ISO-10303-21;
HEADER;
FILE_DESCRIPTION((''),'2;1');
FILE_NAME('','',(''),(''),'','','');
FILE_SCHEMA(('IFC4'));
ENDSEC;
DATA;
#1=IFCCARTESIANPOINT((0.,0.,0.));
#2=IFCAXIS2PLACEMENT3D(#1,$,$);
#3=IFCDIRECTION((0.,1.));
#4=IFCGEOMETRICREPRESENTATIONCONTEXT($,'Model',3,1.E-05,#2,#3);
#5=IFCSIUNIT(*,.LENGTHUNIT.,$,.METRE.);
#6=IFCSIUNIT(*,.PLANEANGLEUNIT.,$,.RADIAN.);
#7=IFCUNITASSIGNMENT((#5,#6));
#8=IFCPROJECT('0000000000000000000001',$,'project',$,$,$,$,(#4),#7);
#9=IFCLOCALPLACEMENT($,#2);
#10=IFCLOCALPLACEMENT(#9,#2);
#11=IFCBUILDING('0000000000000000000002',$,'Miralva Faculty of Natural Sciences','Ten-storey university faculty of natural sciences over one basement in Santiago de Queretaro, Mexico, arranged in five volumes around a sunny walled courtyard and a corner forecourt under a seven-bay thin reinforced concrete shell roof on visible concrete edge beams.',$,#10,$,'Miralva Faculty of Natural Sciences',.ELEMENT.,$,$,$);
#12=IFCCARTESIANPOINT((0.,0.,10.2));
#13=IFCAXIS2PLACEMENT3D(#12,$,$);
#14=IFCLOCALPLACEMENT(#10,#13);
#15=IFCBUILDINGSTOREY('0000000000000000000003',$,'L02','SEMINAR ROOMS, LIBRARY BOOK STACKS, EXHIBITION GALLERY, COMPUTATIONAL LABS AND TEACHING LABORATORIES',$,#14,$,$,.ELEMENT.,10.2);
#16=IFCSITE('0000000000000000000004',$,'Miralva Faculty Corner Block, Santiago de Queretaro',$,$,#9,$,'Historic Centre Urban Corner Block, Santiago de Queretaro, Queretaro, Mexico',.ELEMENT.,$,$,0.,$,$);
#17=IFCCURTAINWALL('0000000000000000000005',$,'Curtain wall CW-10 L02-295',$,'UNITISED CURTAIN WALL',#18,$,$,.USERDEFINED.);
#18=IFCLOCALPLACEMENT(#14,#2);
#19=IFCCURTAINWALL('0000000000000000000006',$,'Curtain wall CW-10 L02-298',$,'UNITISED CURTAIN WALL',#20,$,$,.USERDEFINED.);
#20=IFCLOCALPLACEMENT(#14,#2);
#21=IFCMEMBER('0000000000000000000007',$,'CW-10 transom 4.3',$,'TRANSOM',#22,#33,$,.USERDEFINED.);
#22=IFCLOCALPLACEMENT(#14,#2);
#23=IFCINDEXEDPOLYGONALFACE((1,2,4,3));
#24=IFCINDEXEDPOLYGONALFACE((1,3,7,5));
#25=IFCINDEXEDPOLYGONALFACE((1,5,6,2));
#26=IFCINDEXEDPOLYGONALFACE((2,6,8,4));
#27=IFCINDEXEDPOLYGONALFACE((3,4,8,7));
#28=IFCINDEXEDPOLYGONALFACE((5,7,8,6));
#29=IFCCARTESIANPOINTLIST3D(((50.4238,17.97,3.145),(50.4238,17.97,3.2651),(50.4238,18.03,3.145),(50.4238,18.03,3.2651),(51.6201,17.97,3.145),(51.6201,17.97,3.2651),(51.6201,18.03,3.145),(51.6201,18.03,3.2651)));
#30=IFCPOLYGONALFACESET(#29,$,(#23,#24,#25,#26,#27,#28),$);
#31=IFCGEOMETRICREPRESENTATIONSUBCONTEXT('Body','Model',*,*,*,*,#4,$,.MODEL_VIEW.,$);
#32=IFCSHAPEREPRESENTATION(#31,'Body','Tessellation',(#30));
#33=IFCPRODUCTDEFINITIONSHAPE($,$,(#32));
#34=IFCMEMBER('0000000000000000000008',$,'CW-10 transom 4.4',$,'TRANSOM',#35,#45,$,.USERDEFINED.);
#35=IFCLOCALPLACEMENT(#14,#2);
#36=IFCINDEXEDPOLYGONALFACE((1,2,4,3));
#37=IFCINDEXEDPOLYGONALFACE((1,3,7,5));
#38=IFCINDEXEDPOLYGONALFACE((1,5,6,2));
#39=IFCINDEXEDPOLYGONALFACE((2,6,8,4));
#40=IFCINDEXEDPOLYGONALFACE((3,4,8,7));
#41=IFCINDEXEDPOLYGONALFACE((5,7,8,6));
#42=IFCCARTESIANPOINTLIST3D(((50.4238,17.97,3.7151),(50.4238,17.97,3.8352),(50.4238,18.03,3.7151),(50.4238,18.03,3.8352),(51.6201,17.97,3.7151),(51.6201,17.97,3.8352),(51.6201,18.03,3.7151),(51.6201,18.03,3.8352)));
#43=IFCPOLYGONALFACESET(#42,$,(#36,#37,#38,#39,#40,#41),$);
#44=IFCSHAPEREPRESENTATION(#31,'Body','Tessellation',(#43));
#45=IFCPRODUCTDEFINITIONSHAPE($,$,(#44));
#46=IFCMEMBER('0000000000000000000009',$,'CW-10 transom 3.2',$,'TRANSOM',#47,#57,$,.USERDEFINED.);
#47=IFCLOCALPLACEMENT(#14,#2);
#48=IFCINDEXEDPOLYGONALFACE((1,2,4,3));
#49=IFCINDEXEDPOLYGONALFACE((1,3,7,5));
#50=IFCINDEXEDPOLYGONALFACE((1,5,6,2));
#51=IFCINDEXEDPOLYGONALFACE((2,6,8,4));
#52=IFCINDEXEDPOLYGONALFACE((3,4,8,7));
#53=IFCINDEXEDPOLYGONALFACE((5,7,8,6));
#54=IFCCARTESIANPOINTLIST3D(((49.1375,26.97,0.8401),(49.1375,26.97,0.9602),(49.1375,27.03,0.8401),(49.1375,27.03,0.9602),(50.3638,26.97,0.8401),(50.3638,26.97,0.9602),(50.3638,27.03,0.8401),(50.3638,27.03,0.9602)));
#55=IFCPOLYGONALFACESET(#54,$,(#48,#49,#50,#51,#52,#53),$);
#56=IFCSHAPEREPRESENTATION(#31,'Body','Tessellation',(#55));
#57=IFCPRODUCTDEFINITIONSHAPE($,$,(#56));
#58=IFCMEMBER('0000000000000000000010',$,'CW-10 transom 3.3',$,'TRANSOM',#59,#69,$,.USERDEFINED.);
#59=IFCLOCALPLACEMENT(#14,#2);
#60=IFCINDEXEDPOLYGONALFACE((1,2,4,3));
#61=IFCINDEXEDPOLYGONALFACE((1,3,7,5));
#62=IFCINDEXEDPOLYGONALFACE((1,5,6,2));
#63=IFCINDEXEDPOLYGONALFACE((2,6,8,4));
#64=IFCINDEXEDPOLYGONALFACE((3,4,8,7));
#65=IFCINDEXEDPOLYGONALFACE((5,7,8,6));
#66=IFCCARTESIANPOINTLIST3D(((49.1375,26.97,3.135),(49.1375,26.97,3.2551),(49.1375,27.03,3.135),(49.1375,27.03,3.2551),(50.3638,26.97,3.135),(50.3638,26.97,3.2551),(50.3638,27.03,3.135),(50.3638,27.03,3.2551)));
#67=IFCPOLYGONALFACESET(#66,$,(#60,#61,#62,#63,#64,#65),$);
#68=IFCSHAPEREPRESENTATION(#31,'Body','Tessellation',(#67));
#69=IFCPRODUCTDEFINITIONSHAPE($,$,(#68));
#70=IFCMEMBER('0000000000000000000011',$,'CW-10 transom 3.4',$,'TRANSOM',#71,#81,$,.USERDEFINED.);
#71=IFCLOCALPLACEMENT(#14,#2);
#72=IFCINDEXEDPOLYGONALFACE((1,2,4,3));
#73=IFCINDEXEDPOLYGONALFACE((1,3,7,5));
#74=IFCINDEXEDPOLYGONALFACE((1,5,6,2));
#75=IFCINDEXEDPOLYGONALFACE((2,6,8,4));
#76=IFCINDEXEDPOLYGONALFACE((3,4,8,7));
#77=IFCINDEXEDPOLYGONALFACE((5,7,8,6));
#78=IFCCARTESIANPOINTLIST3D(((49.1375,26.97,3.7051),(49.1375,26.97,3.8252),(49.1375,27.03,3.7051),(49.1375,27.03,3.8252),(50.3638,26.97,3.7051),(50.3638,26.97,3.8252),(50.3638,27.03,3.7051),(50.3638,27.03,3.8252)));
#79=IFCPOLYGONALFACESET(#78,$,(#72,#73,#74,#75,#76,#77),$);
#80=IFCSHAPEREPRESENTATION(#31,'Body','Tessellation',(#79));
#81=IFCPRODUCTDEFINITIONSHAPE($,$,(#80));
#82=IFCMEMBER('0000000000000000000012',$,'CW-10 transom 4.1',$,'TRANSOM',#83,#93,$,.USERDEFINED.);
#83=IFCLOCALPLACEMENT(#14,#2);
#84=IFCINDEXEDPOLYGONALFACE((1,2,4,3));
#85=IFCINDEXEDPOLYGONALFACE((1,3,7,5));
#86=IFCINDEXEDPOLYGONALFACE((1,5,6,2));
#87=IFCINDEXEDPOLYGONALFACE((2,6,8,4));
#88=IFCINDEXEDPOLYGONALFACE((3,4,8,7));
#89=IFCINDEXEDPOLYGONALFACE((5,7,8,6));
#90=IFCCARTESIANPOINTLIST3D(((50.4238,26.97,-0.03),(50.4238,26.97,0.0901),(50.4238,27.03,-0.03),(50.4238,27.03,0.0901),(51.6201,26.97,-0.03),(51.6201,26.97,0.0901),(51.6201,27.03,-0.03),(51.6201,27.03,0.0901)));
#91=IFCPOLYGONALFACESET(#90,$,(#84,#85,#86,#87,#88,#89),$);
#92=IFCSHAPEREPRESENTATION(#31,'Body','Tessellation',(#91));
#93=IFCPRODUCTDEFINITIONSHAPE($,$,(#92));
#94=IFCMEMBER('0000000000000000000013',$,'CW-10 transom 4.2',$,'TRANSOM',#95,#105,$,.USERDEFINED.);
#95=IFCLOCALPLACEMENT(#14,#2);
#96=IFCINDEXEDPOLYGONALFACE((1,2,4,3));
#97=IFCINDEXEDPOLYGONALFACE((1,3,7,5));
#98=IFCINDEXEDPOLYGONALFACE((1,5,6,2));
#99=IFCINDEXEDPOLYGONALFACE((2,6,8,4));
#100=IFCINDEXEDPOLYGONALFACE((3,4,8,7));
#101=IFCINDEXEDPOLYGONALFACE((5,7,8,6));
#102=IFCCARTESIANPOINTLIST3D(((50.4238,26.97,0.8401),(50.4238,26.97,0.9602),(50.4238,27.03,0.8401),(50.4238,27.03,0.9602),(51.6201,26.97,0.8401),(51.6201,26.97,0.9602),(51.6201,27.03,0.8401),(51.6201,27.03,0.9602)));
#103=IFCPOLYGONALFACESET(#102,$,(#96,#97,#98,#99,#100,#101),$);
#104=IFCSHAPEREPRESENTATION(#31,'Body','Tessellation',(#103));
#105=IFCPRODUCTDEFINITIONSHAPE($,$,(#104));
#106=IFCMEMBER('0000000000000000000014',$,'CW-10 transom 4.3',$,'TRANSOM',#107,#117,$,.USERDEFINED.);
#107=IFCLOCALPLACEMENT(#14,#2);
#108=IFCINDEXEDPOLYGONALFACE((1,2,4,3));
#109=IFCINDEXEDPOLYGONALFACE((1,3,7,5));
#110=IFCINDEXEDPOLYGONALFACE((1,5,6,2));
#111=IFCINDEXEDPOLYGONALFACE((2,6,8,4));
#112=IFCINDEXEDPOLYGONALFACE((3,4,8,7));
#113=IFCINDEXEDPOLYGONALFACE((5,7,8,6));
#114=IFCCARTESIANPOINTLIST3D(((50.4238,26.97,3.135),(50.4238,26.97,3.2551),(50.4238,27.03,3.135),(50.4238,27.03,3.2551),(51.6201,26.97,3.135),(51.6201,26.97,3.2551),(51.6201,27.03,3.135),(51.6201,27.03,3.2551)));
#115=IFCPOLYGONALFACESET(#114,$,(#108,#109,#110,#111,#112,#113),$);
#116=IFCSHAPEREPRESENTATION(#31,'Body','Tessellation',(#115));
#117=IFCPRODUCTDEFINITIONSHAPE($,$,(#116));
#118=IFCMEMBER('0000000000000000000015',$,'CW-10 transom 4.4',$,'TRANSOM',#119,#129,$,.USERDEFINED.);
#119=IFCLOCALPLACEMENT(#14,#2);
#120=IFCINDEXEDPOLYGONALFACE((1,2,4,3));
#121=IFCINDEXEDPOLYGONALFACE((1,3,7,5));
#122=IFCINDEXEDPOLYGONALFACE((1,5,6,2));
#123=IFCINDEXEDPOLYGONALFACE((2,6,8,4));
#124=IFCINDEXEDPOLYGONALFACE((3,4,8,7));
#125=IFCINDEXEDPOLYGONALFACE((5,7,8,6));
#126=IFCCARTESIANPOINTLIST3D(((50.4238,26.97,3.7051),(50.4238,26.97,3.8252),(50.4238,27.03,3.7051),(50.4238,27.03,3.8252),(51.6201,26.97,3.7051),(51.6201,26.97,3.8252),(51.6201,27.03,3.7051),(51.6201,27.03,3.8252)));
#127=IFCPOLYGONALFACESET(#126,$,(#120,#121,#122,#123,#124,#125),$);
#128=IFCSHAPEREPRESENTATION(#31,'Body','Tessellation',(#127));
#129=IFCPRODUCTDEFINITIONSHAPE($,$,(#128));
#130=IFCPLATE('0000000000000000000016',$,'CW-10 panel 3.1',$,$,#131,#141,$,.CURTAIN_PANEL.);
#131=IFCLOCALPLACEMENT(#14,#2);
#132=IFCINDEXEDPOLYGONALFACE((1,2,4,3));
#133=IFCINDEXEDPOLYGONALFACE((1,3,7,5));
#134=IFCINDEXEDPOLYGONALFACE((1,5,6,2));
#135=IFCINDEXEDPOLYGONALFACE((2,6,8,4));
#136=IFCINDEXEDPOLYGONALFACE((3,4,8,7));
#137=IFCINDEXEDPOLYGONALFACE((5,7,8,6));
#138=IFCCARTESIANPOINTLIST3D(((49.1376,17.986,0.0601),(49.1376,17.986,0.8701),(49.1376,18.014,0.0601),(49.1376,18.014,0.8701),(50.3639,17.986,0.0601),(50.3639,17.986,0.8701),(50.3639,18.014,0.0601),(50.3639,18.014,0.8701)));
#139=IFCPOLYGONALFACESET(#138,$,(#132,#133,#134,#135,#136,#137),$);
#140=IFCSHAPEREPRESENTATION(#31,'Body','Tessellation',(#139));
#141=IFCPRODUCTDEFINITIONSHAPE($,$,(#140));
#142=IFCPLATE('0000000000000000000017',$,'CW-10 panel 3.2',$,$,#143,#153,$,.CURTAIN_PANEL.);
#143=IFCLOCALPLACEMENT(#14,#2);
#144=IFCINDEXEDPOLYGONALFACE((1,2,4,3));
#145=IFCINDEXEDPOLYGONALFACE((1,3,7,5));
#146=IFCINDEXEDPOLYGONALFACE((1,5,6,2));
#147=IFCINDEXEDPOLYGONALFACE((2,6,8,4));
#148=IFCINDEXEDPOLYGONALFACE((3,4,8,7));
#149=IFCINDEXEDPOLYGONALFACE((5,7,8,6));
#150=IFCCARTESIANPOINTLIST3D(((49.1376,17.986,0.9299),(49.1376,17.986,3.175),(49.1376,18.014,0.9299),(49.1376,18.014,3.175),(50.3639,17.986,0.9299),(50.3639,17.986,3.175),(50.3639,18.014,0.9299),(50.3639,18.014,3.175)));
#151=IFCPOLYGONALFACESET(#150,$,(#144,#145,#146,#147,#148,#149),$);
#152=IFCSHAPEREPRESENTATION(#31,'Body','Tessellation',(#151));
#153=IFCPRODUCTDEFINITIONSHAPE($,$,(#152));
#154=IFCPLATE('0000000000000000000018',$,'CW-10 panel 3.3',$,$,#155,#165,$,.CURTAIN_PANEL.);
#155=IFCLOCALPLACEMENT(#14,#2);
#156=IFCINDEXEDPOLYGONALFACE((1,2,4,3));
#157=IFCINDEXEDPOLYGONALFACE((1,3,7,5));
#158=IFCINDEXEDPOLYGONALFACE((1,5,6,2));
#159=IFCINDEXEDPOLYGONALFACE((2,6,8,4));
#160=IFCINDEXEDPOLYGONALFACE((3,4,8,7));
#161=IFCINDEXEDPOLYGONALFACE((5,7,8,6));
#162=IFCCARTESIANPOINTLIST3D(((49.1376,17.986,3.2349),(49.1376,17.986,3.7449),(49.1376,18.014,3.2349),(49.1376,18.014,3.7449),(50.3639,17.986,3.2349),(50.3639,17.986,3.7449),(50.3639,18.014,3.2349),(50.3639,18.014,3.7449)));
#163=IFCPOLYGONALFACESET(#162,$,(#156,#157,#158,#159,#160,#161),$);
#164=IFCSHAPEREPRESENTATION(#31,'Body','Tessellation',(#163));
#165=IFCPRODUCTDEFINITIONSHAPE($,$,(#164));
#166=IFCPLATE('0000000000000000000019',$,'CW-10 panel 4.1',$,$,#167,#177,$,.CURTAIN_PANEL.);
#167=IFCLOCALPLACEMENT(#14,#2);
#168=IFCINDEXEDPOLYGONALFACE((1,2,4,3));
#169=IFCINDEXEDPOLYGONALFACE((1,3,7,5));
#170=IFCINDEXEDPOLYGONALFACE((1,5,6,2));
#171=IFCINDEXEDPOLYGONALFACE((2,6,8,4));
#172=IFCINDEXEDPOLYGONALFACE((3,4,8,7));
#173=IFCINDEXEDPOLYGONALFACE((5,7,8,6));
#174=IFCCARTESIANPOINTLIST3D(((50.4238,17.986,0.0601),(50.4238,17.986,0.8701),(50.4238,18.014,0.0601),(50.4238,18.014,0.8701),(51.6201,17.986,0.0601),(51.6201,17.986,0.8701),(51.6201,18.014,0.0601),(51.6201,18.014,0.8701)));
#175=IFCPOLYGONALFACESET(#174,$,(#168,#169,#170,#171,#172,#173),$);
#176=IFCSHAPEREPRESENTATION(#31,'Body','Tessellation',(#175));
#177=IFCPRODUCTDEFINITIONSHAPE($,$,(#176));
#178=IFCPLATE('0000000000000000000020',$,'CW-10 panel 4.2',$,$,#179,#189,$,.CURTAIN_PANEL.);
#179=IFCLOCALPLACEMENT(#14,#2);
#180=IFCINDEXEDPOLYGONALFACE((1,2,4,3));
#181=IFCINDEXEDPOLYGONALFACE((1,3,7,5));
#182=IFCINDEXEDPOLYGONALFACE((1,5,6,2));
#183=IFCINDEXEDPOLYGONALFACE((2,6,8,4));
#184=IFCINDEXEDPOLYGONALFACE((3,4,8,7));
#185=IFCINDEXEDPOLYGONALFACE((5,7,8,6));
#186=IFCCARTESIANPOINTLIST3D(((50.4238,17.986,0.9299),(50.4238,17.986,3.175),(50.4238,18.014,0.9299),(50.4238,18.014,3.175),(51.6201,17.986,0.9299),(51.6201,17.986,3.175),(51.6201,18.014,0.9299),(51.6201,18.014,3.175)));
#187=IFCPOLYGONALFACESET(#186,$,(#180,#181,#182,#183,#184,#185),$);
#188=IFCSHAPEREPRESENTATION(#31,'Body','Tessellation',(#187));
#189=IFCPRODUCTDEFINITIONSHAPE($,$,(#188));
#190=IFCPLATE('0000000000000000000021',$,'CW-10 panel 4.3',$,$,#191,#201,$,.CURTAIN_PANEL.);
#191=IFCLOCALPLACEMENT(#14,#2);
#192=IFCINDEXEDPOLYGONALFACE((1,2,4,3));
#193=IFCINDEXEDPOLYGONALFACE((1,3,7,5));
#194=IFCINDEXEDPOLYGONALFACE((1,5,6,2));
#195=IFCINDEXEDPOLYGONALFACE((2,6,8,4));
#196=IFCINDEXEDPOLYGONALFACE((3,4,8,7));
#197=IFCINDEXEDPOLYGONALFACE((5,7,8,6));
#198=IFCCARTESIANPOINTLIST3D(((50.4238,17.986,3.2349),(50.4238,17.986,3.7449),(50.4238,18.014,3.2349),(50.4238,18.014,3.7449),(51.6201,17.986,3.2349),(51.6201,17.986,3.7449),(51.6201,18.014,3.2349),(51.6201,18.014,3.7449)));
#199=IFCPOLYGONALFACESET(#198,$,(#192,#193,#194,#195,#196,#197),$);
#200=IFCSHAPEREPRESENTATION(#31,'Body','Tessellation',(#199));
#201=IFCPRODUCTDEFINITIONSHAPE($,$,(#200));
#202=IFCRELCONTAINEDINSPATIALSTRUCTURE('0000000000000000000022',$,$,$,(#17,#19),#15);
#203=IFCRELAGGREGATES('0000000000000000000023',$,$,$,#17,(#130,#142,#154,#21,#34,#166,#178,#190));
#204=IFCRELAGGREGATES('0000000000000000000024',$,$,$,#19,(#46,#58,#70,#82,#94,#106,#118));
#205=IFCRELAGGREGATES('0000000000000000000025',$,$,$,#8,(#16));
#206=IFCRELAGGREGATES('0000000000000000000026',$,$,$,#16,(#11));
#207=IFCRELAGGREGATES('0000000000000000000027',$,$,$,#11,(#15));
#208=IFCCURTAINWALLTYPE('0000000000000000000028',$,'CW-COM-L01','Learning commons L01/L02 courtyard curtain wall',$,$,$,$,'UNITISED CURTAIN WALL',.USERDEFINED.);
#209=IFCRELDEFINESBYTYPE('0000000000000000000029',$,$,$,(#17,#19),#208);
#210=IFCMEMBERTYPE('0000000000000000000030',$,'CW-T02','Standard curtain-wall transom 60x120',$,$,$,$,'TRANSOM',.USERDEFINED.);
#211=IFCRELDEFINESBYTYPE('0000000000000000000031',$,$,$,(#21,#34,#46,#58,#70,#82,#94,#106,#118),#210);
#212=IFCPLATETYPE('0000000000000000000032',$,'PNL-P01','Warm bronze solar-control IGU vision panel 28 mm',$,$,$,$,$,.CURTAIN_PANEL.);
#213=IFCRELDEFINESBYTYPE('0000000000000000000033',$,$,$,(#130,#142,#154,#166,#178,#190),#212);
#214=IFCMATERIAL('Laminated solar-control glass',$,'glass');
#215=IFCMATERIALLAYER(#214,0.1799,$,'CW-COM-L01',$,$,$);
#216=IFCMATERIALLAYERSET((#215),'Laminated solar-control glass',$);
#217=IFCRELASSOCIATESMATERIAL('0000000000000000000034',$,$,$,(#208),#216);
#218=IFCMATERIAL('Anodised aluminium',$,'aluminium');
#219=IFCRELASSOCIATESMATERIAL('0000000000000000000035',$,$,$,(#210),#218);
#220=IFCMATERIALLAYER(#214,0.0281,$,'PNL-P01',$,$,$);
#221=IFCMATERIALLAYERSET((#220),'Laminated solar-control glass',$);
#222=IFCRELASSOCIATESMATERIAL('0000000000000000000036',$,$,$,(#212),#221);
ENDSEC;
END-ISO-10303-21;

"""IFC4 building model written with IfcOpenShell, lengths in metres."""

from ifc_helpers import new_model, si_unit, direction, frame, origin, origin_2d, place, context, subcontext, project, spatial, rectangle, extrude, material, layer, layer_set, material_profile, profile_set, type_object, element, aggregate, save


model = new_model("IFC4")

# Units and contexts
model_context = context("Model", 3, precision=1e-05, world=origin(), true_north=direction((0.0, 1.0)))
body_context = subcontext(model_context, "Body", "Model", "MODEL_VIEW")
ifc_project = project(units=[si_unit("LENGTHUNIT", "METRE"), si_unit("PLANEANGLEUNIT", "RADIAN")], contexts=[model_context])

# Site, building, storey
site_placement = place(None, origin())
site = spatial("IfcSite", under=ifc_project, at=site_placement, Name="Miralva Faculty Corner Block, Santiago de Queretaro", LongName="Historic Centre Urban Corner Block, Santiago de Queretaro, Queretaro, Mexico", CompositionType="ELEMENT", RefElevation=0.0)
building_placement = place(site_placement, origin())
building = spatial("IfcBuilding", under=site, at=building_placement, Name="Miralva Faculty of Natural Sciences", Description="Ten-storey university faculty of natural sciences over one basement in Santiago de Queretaro, Mexico, arranged in five volumes around a sunny walled courtyard and a corner forecourt under a seven-bay thin reinforced concrete shell roof on visible concrete edge beams.", LongName="Miralva Faculty of Natural Sciences", CompositionType="ELEMENT")
storey_placement = place(building_placement, frame((0.0, 0.0, 10.2)))
storey = spatial("IfcBuildingStorey", under=building, at=storey_placement, Name="L02", Description="SEMINAR ROOMS, LIBRARY BOOK STACKS, EXHIBITION GALLERY, COMPUTATIONAL LABS AND TEACHING LABORATORIES", CompositionType="ELEMENT", Elevation=10.2)

# Shared definitions
ifc_material_1 = material(Name="Laminated solar-control glass", Category="glass")
ifc_material_2 = material(Name="Anodised aluminium", Category="aluminium")

# Curtain walls
ifc_layer_1 = layer(ifc_material_1, 0.1799, Name="CW-COM-L01")
ifc_layer_set_1 = layer_set([ifc_layer_1], Name="Laminated solar-control glass")
curtain_wall_type_1 = type_object("IfcCurtainWallType", Name="CW-COM-L01", Description="Learning commons L01/L02 courtyard curtain wall", ElementType="UNITISED CURTAIN WALL", PredefinedType="USERDEFINED", material=ifc_layer_set_1)
curtain_wall_1_placement = place(storey_placement, origin())
curtain_wall_1 = element("IfcCurtainWall", 1, at=curtain_wall_1_placement, inside=storey, type_object=curtain_wall_type_1, Name="Curtain wall CW-10 L02-295", ObjectType="UNITISED CURTAIN WALL", PredefinedType="USERDEFINED")
curtain_wall_2_placement = place(storey_placement, origin())
curtain_wall_2 = element("IfcCurtainWall", 2, at=curtain_wall_2_placement, inside=storey, type_object=curtain_wall_type_1, Name="Curtain wall CW-10 L02-298", ObjectType="UNITISED CURTAIN WALL", PredefinedType="USERDEFINED")

# Members
ifc_material_profile_1 = material_profile(ifc_material_2, rectangle(XDim=0.0601, YDim=0.1201, at=origin_2d()), Name="TRANSOM 60x120")
ifc_profile_set_1 = profile_set([ifc_material_profile_1], Name="Anodised aluminium")
member_type_1 = type_object("IfcMemberType", Name="CW-T02", Description="Standard curtain-wall transom 60x120", ElementType="TRANSOM", PredefinedType="USERDEFINED", material=ifc_profile_set_1)
member_1_placement = place(storey_placement, frame((50.4238, 18.0, 3.2051), z_axis=(1.0, 0.0, 0.0), x_axis=(0.0, 1.0, 0.0)))
member_1 = element("IfcMember", 3, at=member_1_placement, type_object=member_type_1, Name="CW-10 transom 4.3", ObjectType="TRANSOM", PredefinedType="USERDEFINED", context=body_context, shape_type="SweptSolid", body=[
    extrude(rectangle(XDim=0.0601, YDim=0.1201, at=origin_2d()), origin(), (0.0, 0.0, 1.0), 1.1963),
])
member_2_placement = place(storey_placement, frame((50.4238, 18.0, 3.7751), z_axis=(1.0, 0.0, 0.0), x_axis=(0.0, 1.0, 0.0)))
member_2 = element("IfcMember", 4, at=member_2_placement, type_object=member_type_1, Name="CW-10 transom 4.4", ObjectType="TRANSOM", PredefinedType="USERDEFINED", context=body_context, shape_type="SweptSolid", body=[
    extrude(rectangle(XDim=0.0601, YDim=0.1201, at=origin_2d()), origin(), (0.0, 0.0, 1.0), 1.1963),
])
member_3_placement = place(storey_placement, frame((49.1375, 27.0, 0.9001), z_axis=(1.0, 0.0, 0.0), x_axis=(0.0, 1.0, 0.0)))
member_3 = element("IfcMember", 5, at=member_3_placement, type_object=member_type_1, Name="CW-10 transom 3.2", ObjectType="TRANSOM", PredefinedType="USERDEFINED", context=body_context, shape_type="SweptSolid", body=[
    extrude(rectangle(XDim=0.0601, YDim=0.1201, at=origin_2d()), origin(), (0.0, 0.0, 1.0), 1.2263),
])
member_4_placement = place(storey_placement, frame((49.1375, 27.0, 3.1951), z_axis=(1.0, 0.0, 0.0), x_axis=(0.0, 1.0, 0.0)))
member_4 = element("IfcMember", 6, at=member_4_placement, type_object=member_type_1, Name="CW-10 transom 3.3", ObjectType="TRANSOM", PredefinedType="USERDEFINED", context=body_context, shape_type="SweptSolid", body=[
    extrude(rectangle(XDim=0.0601, YDim=0.1201, at=origin_2d()), origin(), (0.0, 0.0, 1.0), 1.2263),
])
member_5_placement = place(storey_placement, frame((49.1375, 27.0, 3.7651), z_axis=(1.0, 0.0, 0.0), x_axis=(0.0, 1.0, 0.0)))
member_5 = element("IfcMember", 7, at=member_5_placement, type_object=member_type_1, Name="CW-10 transom 3.4", ObjectType="TRANSOM", PredefinedType="USERDEFINED", context=body_context, shape_type="SweptSolid", body=[
    extrude(rectangle(XDim=0.0601, YDim=0.1201, at=origin_2d()), origin(), (0.0, 0.0, 1.0), 1.2263),
])
member_6_placement = place(storey_placement, frame((50.4238, 27.0, 0.03), z_axis=(1.0, 0.0, 0.0), x_axis=(0.0, 1.0, 0.0)))
member_6 = element("IfcMember", 8, at=member_6_placement, type_object=member_type_1, Name="CW-10 transom 4.1", ObjectType="TRANSOM", PredefinedType="USERDEFINED", context=body_context, shape_type="SweptSolid", body=[
    extrude(rectangle(XDim=0.0601, YDim=0.1201, at=origin_2d()), origin(), (0.0, 0.0, 1.0), 1.1963),
])
member_7_placement = place(storey_placement, frame((50.4238, 27.0, 0.9001), z_axis=(1.0, 0.0, 0.0), x_axis=(0.0, 1.0, 0.0)))
member_7 = element("IfcMember", 9, at=member_7_placement, type_object=member_type_1, Name="CW-10 transom 4.2", ObjectType="TRANSOM", PredefinedType="USERDEFINED", context=body_context, shape_type="SweptSolid", body=[
    extrude(rectangle(XDim=0.0601, YDim=0.1201, at=origin_2d()), origin(), (0.0, 0.0, 1.0), 1.1963),
])
member_8_placement = place(storey_placement, frame((50.4238, 27.0, 3.1951), z_axis=(1.0, 0.0, 0.0), x_axis=(0.0, 1.0, 0.0)))
member_8 = element("IfcMember", 10, at=member_8_placement, type_object=member_type_1, Name="CW-10 transom 4.3", ObjectType="TRANSOM", PredefinedType="USERDEFINED", context=body_context, shape_type="SweptSolid", body=[
    extrude(rectangle(XDim=0.0601, YDim=0.1201, at=origin_2d()), origin(), (0.0, 0.0, 1.0), 1.1963),
])
member_9_placement = place(storey_placement, frame((50.4238, 27.0, 3.7651), z_axis=(1.0, 0.0, 0.0), x_axis=(0.0, 1.0, 0.0)))
member_9 = element("IfcMember", 11, at=member_9_placement, type_object=member_type_1, Name="CW-10 transom 4.4", ObjectType="TRANSOM", PredefinedType="USERDEFINED", context=body_context, shape_type="SweptSolid", body=[
    extrude(rectangle(XDim=0.0601, YDim=0.1201, at=origin_2d()), origin(), (0.0, 0.0, 1.0), 1.1963),
])

# Plates
ifc_layer_2 = layer(ifc_material_1, 0.0281, Name="PNL-P01")
ifc_layer_set_2 = layer_set([ifc_layer_2], Name="Laminated solar-control glass")
plate_type = type_object("IfcPlateType", Name="PNL-P01", Description="Warm bronze solar-control IGU vision panel 28 mm", PredefinedType="CURTAIN_PANEL", material=ifc_layer_set_2)
plate_1_placement = place(storey_placement, frame((49.7507, 18.0, 0.0601), z_axis=(0.0, 0.0, 1.0), x_axis=(1.0, 0.0, 0.0)))
plate_1 = element("IfcPlate", 12, at=plate_1_placement, type_object=plate_type, Name="CW-10 panel 3.1", PredefinedType="CURTAIN_PANEL", context=body_context, shape_type="SweptSolid", body=[
    extrude(rectangle(XDim=1.2263, YDim=0.0281, at=origin_2d()), origin(), (0.0, 0.0, 1.0), 0.8101),
])
plate_2_placement = place(storey_placement, frame((49.7507, 18.0, 0.9299), z_axis=(0.0, 0.0, 1.0), x_axis=(1.0, 0.0, 0.0)))
plate_2 = element("IfcPlate", 13, at=plate_2_placement, type_object=plate_type, Name="CW-10 panel 3.2", PredefinedType="CURTAIN_PANEL", context=body_context, shape_type="SweptSolid", body=[
    extrude(rectangle(XDim=1.2263, YDim=0.0281, at=origin_2d()), origin(), (0.0, 0.0, 1.0), 2.2451),
])
plate_3_placement = place(storey_placement, frame((49.7507, 18.0, 3.2349), z_axis=(0.0, 0.0, 1.0), x_axis=(1.0, 0.0, 0.0)))
plate_3 = element("IfcPlate", 14, at=plate_3_placement, type_object=plate_type, Name="CW-10 panel 3.3", PredefinedType="CURTAIN_PANEL", context=body_context, shape_type="SweptSolid", body=[
    extrude(rectangle(XDim=1.2263, YDim=0.0281, at=origin_2d()), origin(), (0.0, 0.0, 1.0), 0.51),
])
plate_4_placement = place(storey_placement, frame((51.022, 18.0, 0.0601), z_axis=(0.0, 0.0, 1.0), x_axis=(1.0, 0.0, 0.0)))
plate_4 = element("IfcPlate", 15, at=plate_4_placement, type_object=plate_type, Name="CW-10 panel 4.1", PredefinedType="CURTAIN_PANEL", context=body_context, shape_type="SweptSolid", body=[
    extrude(rectangle(XDim=1.1963, YDim=0.0281, at=origin_2d()), origin(), (0.0, 0.0, 1.0), 0.8101),
])
plate_5_placement = place(storey_placement, frame((51.022, 18.0, 0.9299), z_axis=(0.0, 0.0, 1.0), x_axis=(1.0, 0.0, 0.0)))
plate_5 = element("IfcPlate", 16, at=plate_5_placement, type_object=plate_type, Name="CW-10 panel 4.2", PredefinedType="CURTAIN_PANEL", context=body_context, shape_type="SweptSolid", body=[
    extrude(rectangle(XDim=1.1963, YDim=0.0281, at=origin_2d()), origin(), (0.0, 0.0, 1.0), 2.2451),
])
plate_6_placement = place(storey_placement, frame((51.022, 18.0, 3.2349), z_axis=(0.0, 0.0, 1.0), x_axis=(1.0, 0.0, 0.0)))
plate_6 = element("IfcPlate", 17, at=plate_6_placement, type_object=plate_type, Name="CW-10 panel 4.3", PredefinedType="CURTAIN_PANEL", context=body_context, shape_type="SweptSolid", body=[
    extrude(rectangle(XDim=1.1963, YDim=0.0281, at=origin_2d()), origin(), (0.0, 0.0, 1.0), 0.51),
])
aggregate(curtain_wall_1, [plate_1, plate_2, plate_3, member_1, member_2, plate_4, plate_5, plate_6])
aggregate(curtain_wall_2, [member_3, member_4, member_5, member_6, member_7, member_8, member_9])

save(model, "model.ifc")
